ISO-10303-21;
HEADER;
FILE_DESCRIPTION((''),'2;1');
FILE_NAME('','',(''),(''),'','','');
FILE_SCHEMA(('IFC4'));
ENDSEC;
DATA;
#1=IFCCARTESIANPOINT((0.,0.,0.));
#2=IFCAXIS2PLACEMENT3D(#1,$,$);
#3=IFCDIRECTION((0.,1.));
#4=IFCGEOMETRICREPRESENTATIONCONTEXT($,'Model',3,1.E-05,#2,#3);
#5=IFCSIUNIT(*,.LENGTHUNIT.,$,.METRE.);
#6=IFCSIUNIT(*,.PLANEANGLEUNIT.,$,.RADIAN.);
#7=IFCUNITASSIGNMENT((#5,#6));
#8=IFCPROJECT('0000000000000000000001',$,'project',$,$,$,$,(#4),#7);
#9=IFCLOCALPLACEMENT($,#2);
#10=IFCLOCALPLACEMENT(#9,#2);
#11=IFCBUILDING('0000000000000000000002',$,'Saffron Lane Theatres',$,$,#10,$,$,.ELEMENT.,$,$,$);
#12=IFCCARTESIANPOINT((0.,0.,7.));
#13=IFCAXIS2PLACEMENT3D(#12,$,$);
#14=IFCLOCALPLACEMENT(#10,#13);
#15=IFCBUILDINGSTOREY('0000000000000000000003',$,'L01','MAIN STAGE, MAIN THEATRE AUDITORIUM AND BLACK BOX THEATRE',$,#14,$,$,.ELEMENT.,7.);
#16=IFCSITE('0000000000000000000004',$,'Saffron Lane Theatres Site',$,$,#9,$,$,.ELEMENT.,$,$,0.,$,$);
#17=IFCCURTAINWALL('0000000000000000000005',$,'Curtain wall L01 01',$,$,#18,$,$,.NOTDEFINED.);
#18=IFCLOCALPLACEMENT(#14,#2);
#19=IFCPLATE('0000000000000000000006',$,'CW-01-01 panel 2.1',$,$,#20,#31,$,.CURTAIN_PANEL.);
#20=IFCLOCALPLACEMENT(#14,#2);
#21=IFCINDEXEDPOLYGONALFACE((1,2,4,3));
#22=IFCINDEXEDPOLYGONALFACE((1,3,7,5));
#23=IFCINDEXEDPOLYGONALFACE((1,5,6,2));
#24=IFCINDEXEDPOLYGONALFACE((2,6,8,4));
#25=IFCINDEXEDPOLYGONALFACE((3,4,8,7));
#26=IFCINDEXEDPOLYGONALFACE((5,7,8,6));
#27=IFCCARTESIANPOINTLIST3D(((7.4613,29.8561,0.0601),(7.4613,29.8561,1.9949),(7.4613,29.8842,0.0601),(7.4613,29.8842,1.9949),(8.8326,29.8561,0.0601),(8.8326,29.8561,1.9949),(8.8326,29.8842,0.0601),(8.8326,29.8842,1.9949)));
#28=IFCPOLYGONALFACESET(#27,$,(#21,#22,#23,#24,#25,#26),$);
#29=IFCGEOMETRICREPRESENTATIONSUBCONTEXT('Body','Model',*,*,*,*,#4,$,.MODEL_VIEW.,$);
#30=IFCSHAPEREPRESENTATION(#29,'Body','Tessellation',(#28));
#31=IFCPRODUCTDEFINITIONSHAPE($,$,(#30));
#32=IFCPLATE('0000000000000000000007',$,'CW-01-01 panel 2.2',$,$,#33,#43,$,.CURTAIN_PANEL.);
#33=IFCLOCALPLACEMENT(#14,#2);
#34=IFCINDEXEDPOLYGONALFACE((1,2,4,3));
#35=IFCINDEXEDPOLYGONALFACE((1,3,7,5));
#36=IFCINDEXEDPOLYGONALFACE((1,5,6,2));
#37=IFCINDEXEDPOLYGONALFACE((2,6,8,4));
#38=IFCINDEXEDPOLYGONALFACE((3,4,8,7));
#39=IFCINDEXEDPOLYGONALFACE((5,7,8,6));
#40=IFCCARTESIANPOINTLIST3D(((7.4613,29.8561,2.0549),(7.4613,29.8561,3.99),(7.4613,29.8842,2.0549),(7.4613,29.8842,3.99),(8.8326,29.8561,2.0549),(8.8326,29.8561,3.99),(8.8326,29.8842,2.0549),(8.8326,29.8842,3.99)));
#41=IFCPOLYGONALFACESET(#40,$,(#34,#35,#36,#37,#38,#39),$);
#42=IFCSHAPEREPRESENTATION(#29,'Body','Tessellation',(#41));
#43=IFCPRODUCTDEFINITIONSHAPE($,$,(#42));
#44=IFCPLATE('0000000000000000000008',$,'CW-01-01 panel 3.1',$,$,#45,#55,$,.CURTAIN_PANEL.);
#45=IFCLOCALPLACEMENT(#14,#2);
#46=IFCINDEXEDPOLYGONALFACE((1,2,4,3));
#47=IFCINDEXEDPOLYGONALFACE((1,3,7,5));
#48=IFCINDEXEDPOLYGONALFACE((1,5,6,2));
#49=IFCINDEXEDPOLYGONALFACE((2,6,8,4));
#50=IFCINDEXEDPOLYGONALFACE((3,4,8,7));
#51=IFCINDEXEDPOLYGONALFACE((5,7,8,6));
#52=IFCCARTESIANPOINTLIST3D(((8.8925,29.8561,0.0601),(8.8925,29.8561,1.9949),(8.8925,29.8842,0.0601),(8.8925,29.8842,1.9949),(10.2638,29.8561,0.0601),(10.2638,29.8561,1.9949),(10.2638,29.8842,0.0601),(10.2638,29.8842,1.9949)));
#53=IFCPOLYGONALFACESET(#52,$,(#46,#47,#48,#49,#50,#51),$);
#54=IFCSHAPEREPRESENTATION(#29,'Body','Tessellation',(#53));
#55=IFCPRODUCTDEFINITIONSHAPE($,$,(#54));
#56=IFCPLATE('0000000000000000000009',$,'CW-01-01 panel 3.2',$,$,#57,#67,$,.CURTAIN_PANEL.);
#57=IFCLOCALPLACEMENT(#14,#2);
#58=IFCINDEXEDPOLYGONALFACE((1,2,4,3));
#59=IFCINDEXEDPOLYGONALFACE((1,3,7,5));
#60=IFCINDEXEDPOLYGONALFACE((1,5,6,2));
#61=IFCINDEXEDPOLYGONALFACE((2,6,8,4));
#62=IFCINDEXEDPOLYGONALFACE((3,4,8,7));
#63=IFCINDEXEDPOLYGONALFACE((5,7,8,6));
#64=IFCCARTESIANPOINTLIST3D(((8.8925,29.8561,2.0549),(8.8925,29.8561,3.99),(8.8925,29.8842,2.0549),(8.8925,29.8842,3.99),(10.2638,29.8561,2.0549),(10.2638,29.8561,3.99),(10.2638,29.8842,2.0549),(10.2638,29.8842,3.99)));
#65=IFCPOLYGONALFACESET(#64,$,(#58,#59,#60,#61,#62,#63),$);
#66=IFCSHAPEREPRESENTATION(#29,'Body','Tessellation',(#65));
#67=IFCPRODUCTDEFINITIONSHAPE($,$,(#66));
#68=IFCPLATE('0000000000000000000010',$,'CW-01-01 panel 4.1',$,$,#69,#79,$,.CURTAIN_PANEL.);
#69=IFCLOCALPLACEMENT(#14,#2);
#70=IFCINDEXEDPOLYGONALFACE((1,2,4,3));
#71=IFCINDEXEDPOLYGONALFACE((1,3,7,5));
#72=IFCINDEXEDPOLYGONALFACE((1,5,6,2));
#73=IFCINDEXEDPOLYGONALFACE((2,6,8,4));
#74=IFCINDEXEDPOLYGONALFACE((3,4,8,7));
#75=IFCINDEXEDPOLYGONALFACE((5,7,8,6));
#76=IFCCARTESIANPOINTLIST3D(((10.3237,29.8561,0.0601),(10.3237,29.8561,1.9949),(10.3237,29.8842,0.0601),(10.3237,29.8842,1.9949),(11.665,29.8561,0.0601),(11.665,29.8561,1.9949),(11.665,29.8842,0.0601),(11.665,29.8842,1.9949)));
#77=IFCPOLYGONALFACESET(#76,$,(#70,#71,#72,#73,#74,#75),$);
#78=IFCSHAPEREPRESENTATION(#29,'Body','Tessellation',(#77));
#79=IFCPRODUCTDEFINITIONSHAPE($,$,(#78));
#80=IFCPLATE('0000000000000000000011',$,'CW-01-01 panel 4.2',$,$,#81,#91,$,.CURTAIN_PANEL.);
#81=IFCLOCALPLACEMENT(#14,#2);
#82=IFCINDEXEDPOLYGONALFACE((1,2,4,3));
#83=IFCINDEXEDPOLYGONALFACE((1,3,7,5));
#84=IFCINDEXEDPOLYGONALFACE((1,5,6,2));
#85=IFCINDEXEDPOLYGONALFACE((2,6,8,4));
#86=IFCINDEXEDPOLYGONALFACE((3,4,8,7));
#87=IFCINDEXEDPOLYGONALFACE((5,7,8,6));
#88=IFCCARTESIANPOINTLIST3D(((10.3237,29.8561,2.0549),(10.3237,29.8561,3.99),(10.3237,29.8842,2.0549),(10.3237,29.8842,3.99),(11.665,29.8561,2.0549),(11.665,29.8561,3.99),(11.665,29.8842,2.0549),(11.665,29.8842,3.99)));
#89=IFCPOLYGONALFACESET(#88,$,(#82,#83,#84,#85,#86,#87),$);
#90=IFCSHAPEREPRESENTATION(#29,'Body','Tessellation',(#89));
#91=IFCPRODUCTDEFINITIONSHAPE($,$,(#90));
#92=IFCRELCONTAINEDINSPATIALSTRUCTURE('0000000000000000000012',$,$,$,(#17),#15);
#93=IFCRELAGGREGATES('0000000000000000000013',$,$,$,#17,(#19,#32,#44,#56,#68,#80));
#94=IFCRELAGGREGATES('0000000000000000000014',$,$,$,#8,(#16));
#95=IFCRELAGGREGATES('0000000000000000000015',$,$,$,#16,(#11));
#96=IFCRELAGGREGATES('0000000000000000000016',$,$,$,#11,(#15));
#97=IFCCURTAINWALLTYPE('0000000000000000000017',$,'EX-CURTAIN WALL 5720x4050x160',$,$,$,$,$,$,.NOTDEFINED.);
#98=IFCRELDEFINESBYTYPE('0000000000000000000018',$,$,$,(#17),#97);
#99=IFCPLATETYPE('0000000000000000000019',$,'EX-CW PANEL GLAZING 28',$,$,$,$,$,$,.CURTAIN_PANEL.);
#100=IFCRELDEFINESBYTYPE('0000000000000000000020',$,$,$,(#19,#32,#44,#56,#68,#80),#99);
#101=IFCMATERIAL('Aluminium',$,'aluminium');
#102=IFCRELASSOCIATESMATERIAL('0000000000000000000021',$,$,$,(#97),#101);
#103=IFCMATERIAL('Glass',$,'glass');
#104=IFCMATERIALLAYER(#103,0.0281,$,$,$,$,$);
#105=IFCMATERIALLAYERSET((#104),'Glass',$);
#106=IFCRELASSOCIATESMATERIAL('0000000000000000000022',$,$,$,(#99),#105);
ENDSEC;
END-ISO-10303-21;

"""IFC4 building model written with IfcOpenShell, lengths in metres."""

from ifc_helpers import new_model, si_unit, direction, frame, origin, origin_2d, place, context, subcontext, project, spatial, rectangle, extrude, material, layer, layer_set, type_object, element, aggregate, save


model = new_model("IFC4")

# Units and contexts
model_context = context("Model", 3, precision=1e-05, world=origin(), true_north=direction((0.0, 1.0)))
body_context = subcontext(model_context, "Body", "Model", "MODEL_VIEW")
ifc_project = project(units=[si_unit("LENGTHUNIT", "METRE"), si_unit("PLANEANGLEUNIT", "RADIAN")], contexts=[model_context])

# Site, building, storey
site_placement = place(None, origin())
site = spatial("IfcSite", under=ifc_project, at=site_placement, Name="Saffron Lane Theatres Site", CompositionType="ELEMENT", RefElevation=0.0)
building_placement = place(site_placement, origin())
building = spatial("IfcBuilding", under=site, at=building_placement, Name="Saffron Lane Theatres", CompositionType="ELEMENT")
storey_placement = place(building_placement, frame((0.0, 0.0, 7.0)))
storey = spatial("IfcBuildingStorey", under=building, at=storey_placement, Name="L01", Description="MAIN STAGE, MAIN THEATRE AUDITORIUM AND BLACK BOX THEATRE", CompositionType="ELEMENT", Elevation=7.0)

# Curtain wall, plates
ifc_material_1 = material(Name="Aluminium", Category="aluminium")
curtain_wall_type = type_object("IfcCurtainWallType", Name="EX-CURTAIN WALL 5720x4050x160", PredefinedType="NOTDEFINED", material=ifc_material_1)
curtain_wall_placement = place(storey_placement, origin())
curtain_wall = element("IfcCurtainWall", 1, at=curtain_wall_placement, inside=storey, type_object=curtain_wall_type, Name="Curtain wall L01 01", PredefinedType="NOTDEFINED")
ifc_material_2 = material(Name="Glass", Category="glass")
ifc_layer = layer(ifc_material_2, 0.0281)
ifc_layer_set = layer_set([ifc_layer], Name="Glass")
plate_type = type_object("IfcPlateType", Name="EX-CW PANEL GLAZING 28", PredefinedType="CURTAIN_PANEL", material=ifc_layer_set)
plate_1_placement = place(storey_placement, frame((8.147, 29.8701, 0.0601), z_axis=(0.0, 0.0, 1.0), x_axis=(1.0, 0.0, 0.0)))
plate_1 = element("IfcPlate", 2, at=plate_1_placement, type_object=plate_type, Name="CW-01-01 panel 2.1", PredefinedType="CURTAIN_PANEL", context=body_context, shape_type="SweptSolid", body=[
    extrude(rectangle(XDim=1.3713, YDim=0.0281, at=origin_2d()), origin(), (0.0, 0.0, 1.0), 1.9348),
])
plate_2_placement = place(storey_placement, frame((8.147, 29.8701, 2.0549), z_axis=(0.0, 0.0, 1.0), x_axis=(1.0, 0.0, 0.0)))
plate_2 = element("IfcPlate", 3, at=plate_2_placement, type_object=plate_type, Name="CW-01-01 panel 2.2", PredefinedType="CURTAIN_PANEL", context=body_context, shape_type="SweptSolid", body=[
    extrude(rectangle(XDim=1.3713, YDim=0.0281, at=origin_2d()), origin(), (0.0, 0.0, 1.0), 1.9351),
])
plate_3_placement = place(storey_placement, frame((9.5781, 29.8701, 0.0601), z_axis=(0.0, 0.0, 1.0), x_axis=(1.0, 0.0, 0.0)))
plate_3 = element("IfcPlate", 4, at=plate_3_placement, type_object=plate_type, Name="CW-01-01 panel 3.1", PredefinedType="CURTAIN_PANEL", context=body_context, shape_type="SweptSolid", body=[
    extrude(rectangle(XDim=1.3713, YDim=0.0281, at=origin_2d()), origin(), (0.0, 0.0, 1.0), 1.9348),
])
plate_4_placement = place(storey_placement, frame((9.5781, 29.8701, 2.0549), z_axis=(0.0, 0.0, 1.0), x_axis=(1.0, 0.0, 0.0)))
plate_4 = element("IfcPlate", 5, at=plate_4_placement, type_object=plate_type, Name="CW-01-01 panel 3.2", PredefinedType="CURTAIN_PANEL", context=body_context, shape_type="SweptSolid", body=[
    extrude(rectangle(XDim=1.3713, YDim=0.0281, at=origin_2d()), origin(), (0.0, 0.0, 1.0), 1.9351),
])
plate_5_placement = place(storey_placement, frame((10.9944, 29.8701, 0.0601), z_axis=(0.0, 0.0, 1.0), x_axis=(1.0, 0.0, 0.0)))
plate_5 = element("IfcPlate", 6, at=plate_5_placement, type_object=plate_type, Name="CW-01-01 panel 4.1", PredefinedType="CURTAIN_PANEL", context=body_context, shape_type="SweptSolid", body=[
    extrude(rectangle(XDim=1.3413, YDim=0.0281, at=origin_2d()), origin(), (0.0, 0.0, 1.0), 1.9348),
])
plate_6_placement = place(storey_placement, frame((10.9944, 29.8701, 2.0549), z_axis=(0.0, 0.0, 1.0), x_axis=(1.0, 0.0, 0.0)))
plate_6 = element("IfcPlate", 7, at=plate_6_placement, type_object=plate_type, Name="CW-01-01 panel 4.2", PredefinedType="CURTAIN_PANEL", context=body_context, shape_type="SweptSolid", body=[
    extrude(rectangle(XDim=1.3413, YDim=0.0281, at=origin_2d()), origin(), (0.0, 0.0, 1.0), 1.9351),
])
aggregate(curtain_wall, [plate_1, plate_2, plate_3, plate_4, plate_5, plate_6])

save(model, "model.ifc")
